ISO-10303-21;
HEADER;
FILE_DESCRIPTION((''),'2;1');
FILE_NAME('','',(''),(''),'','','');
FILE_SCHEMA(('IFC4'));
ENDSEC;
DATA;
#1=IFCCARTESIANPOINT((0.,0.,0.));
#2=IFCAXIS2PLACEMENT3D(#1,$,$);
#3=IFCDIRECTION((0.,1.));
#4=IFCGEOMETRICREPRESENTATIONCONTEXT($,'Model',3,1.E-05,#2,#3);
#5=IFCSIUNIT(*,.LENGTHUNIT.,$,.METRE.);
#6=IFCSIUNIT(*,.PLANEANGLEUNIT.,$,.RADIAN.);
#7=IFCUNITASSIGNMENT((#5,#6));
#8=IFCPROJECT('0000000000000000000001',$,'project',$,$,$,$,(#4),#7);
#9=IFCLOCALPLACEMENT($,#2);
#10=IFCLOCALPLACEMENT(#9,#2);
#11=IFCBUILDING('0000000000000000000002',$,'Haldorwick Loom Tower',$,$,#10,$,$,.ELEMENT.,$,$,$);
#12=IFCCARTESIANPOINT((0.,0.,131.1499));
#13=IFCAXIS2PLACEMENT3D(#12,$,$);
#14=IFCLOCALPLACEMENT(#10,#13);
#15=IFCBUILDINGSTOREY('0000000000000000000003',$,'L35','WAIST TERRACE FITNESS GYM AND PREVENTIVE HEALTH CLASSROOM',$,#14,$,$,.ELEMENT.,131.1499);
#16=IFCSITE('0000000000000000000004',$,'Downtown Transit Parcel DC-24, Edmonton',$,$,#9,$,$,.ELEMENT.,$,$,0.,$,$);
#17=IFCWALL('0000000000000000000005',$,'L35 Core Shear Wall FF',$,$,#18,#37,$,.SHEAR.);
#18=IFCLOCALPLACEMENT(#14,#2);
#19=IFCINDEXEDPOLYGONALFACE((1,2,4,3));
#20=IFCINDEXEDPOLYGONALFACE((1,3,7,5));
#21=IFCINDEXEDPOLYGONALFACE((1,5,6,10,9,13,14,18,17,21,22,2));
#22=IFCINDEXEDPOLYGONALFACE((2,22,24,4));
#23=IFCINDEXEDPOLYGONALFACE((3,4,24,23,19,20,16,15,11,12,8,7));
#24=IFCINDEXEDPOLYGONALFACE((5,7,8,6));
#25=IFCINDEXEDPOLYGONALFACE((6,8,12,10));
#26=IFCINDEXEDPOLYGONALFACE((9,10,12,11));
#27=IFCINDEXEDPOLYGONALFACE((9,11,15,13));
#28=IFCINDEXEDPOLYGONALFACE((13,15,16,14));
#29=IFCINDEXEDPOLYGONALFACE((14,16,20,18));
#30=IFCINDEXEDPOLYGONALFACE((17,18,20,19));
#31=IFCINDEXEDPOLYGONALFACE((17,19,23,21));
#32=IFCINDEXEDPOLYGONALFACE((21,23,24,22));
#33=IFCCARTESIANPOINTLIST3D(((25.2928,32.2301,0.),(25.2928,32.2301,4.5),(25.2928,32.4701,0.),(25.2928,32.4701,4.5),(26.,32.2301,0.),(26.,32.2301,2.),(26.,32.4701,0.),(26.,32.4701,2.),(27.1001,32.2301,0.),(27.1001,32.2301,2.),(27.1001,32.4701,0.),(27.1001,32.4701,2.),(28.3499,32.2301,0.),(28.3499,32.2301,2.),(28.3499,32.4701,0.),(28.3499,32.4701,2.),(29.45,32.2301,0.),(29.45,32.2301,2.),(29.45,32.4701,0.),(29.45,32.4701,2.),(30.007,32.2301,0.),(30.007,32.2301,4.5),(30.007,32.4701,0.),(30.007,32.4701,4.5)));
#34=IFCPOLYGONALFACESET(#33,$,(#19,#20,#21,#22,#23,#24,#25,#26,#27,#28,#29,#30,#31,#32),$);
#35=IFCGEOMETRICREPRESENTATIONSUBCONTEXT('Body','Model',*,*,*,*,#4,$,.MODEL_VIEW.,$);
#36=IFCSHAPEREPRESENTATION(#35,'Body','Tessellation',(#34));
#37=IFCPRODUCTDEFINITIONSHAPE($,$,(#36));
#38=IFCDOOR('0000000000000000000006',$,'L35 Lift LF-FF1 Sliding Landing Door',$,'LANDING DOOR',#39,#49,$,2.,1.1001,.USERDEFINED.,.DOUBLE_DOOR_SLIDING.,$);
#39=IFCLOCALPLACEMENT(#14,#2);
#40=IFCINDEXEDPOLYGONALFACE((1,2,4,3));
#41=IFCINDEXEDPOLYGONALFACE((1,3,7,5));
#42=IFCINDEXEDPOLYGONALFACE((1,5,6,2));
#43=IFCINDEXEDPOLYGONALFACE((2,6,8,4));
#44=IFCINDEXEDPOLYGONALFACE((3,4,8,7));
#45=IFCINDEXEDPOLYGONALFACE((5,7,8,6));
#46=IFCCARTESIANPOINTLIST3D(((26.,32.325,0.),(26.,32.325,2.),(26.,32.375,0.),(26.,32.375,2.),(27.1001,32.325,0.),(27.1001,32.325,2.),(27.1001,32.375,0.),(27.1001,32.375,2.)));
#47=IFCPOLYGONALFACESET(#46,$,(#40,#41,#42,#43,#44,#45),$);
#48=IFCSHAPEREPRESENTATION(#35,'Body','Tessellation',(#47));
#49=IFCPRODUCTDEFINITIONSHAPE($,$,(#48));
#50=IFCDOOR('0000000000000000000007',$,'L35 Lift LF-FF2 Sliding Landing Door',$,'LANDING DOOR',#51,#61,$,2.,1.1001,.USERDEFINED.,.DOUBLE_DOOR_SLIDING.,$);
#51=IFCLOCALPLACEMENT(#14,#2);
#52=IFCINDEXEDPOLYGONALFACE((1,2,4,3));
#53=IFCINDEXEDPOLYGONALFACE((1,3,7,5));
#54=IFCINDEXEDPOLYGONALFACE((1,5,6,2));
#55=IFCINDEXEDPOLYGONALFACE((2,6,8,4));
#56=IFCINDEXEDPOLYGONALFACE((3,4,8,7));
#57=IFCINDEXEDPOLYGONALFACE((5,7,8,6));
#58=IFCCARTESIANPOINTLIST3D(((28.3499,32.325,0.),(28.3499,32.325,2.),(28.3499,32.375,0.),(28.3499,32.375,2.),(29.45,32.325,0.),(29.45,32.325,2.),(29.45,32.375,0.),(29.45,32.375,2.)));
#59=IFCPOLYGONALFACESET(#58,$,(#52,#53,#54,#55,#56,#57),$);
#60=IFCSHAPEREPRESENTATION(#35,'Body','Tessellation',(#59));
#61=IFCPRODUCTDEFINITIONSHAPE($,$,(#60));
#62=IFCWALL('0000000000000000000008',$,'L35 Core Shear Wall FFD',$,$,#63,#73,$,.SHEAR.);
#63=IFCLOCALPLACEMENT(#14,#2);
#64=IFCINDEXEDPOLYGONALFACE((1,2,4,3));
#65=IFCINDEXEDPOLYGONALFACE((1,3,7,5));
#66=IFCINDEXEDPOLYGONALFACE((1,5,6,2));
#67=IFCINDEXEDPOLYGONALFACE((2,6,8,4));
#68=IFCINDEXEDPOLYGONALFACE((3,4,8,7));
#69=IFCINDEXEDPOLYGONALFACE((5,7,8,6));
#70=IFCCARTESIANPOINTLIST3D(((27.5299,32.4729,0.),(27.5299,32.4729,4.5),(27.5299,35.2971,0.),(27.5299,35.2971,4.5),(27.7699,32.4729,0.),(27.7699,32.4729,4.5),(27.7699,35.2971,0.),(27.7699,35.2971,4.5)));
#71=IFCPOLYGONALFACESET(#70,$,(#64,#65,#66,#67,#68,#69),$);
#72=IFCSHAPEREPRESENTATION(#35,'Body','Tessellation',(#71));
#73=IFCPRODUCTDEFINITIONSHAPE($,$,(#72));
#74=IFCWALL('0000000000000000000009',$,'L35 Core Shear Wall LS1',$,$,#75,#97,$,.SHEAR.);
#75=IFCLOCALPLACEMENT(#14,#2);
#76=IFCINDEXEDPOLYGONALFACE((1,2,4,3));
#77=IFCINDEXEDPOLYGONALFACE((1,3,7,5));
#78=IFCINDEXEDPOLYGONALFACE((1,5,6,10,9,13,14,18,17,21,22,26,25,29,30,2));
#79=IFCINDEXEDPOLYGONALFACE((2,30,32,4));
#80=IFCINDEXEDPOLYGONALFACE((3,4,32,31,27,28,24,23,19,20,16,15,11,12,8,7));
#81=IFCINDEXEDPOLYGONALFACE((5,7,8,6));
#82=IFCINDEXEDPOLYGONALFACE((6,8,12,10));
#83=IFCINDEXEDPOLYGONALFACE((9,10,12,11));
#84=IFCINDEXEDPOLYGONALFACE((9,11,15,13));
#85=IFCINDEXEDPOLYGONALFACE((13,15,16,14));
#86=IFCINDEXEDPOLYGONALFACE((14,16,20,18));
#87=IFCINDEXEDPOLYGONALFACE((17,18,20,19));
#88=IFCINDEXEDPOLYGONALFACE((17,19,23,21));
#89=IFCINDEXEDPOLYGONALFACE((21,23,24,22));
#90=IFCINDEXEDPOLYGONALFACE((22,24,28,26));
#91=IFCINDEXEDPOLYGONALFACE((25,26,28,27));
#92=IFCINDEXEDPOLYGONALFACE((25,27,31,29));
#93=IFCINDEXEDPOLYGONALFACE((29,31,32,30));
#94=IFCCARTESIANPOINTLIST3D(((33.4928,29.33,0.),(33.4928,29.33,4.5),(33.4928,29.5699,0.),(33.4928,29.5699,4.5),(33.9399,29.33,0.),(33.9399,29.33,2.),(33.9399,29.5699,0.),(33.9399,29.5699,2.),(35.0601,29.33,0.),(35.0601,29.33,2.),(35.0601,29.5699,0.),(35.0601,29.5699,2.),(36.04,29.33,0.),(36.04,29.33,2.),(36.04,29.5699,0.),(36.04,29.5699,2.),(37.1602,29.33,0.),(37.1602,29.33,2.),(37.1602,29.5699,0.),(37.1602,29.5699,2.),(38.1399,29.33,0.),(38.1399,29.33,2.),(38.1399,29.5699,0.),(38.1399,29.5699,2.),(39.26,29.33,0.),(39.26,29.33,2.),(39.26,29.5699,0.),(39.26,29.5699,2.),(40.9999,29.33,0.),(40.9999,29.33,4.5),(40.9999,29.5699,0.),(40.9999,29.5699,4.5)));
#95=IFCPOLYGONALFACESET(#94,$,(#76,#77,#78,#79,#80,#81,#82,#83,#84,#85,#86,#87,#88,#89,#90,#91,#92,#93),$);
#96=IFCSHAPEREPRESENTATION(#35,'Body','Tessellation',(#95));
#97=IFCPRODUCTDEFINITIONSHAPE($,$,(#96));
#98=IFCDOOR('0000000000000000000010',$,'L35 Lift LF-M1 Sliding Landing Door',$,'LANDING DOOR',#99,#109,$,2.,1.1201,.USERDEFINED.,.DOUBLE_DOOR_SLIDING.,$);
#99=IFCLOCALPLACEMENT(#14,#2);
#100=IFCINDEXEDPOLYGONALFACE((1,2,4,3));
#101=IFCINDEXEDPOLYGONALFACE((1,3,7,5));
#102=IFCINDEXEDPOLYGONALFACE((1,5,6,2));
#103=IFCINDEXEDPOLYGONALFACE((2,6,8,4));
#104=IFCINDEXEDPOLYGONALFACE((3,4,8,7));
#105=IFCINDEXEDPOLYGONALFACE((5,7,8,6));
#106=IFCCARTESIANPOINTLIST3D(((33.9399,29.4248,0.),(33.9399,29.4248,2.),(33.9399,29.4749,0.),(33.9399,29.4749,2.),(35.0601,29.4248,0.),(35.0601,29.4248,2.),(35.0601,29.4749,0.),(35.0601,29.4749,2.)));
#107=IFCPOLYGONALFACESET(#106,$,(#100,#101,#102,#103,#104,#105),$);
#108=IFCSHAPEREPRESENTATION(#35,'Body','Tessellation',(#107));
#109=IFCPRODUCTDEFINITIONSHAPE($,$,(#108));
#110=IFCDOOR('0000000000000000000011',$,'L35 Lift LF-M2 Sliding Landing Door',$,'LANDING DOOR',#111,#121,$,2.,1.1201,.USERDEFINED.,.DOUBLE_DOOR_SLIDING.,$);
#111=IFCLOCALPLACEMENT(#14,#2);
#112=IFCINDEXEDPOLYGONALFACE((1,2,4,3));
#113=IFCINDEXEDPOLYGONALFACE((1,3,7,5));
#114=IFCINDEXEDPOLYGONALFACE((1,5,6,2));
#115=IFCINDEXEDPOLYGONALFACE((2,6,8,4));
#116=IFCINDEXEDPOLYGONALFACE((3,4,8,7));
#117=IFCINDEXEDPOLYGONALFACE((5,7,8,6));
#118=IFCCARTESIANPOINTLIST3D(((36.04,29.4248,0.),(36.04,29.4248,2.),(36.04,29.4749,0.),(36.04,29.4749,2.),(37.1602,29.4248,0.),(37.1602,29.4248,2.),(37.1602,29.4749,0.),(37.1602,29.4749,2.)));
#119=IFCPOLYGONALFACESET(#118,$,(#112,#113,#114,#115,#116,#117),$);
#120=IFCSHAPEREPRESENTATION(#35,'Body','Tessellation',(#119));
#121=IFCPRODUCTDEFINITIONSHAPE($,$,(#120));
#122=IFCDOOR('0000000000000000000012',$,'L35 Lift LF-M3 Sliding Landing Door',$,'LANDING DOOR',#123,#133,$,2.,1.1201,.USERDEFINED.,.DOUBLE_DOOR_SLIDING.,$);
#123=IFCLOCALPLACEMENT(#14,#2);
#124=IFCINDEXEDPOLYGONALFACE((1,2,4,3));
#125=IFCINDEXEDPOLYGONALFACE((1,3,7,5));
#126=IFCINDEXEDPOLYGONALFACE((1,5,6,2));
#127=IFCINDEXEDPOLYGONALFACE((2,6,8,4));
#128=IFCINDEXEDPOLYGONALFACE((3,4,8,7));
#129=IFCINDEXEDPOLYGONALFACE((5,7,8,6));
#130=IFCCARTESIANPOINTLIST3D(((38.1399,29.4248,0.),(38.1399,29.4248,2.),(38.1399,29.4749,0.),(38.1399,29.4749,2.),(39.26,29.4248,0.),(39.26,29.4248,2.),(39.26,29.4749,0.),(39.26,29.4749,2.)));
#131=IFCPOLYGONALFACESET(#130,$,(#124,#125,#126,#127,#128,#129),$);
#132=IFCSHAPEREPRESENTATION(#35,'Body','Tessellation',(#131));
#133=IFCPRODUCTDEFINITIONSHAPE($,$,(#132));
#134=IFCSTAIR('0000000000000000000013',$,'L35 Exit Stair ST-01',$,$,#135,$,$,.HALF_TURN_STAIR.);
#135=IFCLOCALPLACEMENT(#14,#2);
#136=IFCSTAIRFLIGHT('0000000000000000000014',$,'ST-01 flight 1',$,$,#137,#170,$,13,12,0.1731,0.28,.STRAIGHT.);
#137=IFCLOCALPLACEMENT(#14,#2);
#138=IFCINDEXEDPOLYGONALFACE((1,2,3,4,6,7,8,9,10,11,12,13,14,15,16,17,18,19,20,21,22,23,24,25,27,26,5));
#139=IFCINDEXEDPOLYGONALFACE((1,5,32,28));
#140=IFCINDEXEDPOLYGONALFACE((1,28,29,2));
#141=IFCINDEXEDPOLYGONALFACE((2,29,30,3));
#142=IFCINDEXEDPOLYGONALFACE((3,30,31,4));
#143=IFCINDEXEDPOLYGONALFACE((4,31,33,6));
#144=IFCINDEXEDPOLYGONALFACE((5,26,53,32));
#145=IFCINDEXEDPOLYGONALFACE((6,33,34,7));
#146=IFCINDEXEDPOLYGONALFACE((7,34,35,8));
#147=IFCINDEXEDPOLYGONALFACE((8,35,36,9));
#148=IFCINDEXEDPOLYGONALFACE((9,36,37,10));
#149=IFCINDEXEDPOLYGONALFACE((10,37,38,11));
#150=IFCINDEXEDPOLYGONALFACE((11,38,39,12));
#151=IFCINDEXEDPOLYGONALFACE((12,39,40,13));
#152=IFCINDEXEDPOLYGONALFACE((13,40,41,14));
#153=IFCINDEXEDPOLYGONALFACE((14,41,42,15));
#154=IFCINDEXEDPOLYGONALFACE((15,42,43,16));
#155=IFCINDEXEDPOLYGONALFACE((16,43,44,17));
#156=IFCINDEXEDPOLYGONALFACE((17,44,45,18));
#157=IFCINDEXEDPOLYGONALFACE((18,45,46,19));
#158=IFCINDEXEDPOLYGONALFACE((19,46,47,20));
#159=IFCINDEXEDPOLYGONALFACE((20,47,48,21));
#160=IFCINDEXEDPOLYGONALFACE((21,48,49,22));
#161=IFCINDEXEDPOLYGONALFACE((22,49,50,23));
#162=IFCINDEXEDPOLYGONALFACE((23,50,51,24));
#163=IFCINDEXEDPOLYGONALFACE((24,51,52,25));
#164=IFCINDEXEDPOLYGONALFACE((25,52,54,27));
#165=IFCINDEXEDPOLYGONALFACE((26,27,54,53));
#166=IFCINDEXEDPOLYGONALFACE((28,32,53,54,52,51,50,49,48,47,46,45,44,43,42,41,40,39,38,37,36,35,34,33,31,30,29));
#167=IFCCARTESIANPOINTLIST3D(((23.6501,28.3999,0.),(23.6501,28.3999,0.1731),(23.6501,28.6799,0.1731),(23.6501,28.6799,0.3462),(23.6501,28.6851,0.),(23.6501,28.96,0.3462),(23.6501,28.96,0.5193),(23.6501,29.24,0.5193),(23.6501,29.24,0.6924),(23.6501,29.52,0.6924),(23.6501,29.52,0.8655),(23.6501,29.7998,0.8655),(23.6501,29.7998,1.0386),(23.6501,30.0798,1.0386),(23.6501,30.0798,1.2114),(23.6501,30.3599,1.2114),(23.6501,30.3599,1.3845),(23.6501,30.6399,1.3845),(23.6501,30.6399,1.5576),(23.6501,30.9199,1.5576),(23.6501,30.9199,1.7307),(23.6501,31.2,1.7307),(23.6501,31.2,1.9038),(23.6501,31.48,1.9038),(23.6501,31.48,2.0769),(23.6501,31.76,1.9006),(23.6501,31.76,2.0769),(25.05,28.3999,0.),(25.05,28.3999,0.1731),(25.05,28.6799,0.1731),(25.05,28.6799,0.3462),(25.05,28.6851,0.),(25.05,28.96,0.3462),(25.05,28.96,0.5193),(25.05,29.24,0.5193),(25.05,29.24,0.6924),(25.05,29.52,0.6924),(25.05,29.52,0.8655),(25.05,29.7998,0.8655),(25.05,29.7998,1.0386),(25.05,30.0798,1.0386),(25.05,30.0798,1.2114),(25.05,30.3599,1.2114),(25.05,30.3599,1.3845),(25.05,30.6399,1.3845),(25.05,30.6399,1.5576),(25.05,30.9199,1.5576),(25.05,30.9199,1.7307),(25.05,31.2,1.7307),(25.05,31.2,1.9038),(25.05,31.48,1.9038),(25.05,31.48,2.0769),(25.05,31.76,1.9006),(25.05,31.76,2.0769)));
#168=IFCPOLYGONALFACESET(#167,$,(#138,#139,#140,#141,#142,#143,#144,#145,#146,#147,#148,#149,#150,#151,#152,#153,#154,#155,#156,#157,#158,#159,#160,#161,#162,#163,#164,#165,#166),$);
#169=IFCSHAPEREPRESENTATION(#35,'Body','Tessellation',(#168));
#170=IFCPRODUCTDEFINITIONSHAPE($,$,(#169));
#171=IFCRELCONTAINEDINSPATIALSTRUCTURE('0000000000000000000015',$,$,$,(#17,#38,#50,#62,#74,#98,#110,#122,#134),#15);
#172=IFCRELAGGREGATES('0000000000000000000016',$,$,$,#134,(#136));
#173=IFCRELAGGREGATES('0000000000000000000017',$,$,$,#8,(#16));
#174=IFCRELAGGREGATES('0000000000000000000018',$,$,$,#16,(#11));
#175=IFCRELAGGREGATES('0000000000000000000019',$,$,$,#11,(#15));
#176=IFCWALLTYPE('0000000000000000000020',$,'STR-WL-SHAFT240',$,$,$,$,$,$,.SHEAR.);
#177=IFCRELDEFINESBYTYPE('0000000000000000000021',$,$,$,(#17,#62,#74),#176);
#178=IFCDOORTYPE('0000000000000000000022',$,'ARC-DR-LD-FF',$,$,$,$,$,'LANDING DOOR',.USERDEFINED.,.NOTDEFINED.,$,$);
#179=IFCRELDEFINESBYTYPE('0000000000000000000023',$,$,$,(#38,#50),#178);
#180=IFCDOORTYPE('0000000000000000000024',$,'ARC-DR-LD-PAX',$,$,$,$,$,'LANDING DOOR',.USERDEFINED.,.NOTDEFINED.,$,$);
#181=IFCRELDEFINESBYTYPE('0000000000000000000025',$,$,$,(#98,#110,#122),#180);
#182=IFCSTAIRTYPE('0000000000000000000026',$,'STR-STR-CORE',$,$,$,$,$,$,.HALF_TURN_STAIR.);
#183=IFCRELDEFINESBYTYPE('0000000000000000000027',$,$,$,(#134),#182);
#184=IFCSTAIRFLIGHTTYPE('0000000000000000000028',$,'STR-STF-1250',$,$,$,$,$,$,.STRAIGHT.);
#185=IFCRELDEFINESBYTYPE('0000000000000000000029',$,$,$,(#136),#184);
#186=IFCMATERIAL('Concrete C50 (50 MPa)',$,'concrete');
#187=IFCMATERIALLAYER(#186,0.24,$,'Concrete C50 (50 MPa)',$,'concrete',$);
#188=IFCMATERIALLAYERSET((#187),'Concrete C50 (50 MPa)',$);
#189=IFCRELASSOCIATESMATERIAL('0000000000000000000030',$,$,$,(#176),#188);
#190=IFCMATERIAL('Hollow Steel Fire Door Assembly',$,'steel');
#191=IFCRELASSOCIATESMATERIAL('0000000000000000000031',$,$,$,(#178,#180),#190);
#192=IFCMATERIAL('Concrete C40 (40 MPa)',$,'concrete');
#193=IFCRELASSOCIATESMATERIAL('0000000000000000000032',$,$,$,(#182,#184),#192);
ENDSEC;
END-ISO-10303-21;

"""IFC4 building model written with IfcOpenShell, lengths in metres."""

from ifc_helpers import new_model, si_unit, direction, frame, frame_2d, origin, place, context, subcontext, project, spatial, polyline, rectangle, outline, extrude, material, layer, layer_set, type_object, element, fill, aggregate, save


model = new_model("IFC4")

# Units and contexts
model_context = context("Model", 3, precision=1e-05, world=origin(), true_north=direction((0.0, 1.0)))
body_context = subcontext(model_context, "Body", "Model", "MODEL_VIEW")
ifc_project = project(units=[si_unit("LENGTHUNIT", "METRE"), si_unit("PLANEANGLEUNIT", "RADIAN")], contexts=[model_context])

# Site, building, storey
site_placement = place(None, origin())
site = spatial("IfcSite", under=ifc_project, at=site_placement, Name="Downtown Transit Parcel DC-24, Edmonton", CompositionType="ELEMENT", RefElevation=0.0)
building_placement = place(site_placement, origin())
building = spatial("IfcBuilding", under=site, at=building_placement, Name="Haldorwick Loom Tower", CompositionType="ELEMENT")
storey_placement = place(building_placement, frame((0.0, 0.0, 131.1499)))
storey = spatial("IfcBuildingStorey", under=building, at=storey_placement, Name="L35", Description="WAIST TERRACE FITNESS GYM AND PREVENTIVE HEALTH CLASSROOM", CompositionType="ELEMENT", Elevation=131.1499)

# Shared definitions
ifc_material_1 = material(Name="Concrete C50 (50 MPa)", Category="concrete")
ifc_layer_1 = layer(ifc_material_1, 0.24, Name="Concrete C50 (50 MPa)", Category="concrete")
ifc_layer_set_1 = layer_set([ifc_layer_1], Name="Concrete C50 (50 MPa)")
wall_type_1 = type_object("IfcWallType", Name="STR-WL-SHAFT240", PredefinedType="SHEAR", material=ifc_layer_set_1)

# Wall, openings, doors
wall_1_placement = place(storey_placement, frame((25.293, 32.3501, 0.0), z_axis=(0.0, 0.0, 1.0), x_axis=(1.0, 0.0, 0.0)))
wall_1 = element("IfcWall", 1, at=wall_1_placement, inside=storey, type_object=wall_type_1, Name="L35 Core Shear Wall FF", PredefinedType="SHEAR", context=body_context, shape_type="SweptSolid", body=[
    extrude(rectangle(XDim=4.7141, YDim=0.24, at=frame_2d((2.3569, 0.0))), origin(), (0.0, 0.0, 1.0), 4.5),
])
opening_1_placement = place(wall_1_placement, frame((0.707, 0.0, 0.0)))
opening_1 = element("IfcOpeningElement", 2, at=opening_1_placement, cuts=wall_1, PredefinedType="OPENING", context=body_context, shape_type="SweptSolid", body=[
    extrude(rectangle(XDim=1.1001, YDim=2.0, at=frame_2d((0.55, 1.0))), frame((0.0, 0.1299, 0.0), z_axis=(0.0, -1.0, 0.0), x_axis=(1.0, 0.0, 0.0)), (0.0, 0.0, 1.0), 0.26),
])
opening_2_placement = place(wall_1_placement, frame((3.0569, 0.0, 0.0)))
opening_2 = element("IfcOpeningElement", 3, at=opening_2_placement, cuts=wall_1, PredefinedType="OPENING", context=body_context, shape_type="SweptSolid", body=[
    extrude(rectangle(XDim=1.1001, YDim=2.0, at=frame_2d((0.55, 1.0))), frame((0.0, 0.1299, 0.0), z_axis=(0.0, -1.0, 0.0), x_axis=(1.0, 0.0, 0.0)), (0.0, 0.0, 1.0), 0.26),
])
ifc_material_2 = material(Name="Hollow Steel Fire Door Assembly", Category="steel")
door_type_1 = type_object("IfcDoorType", Name="ARC-DR-LD-FF", ElementType="LANDING DOOR", OperationType="NOTDEFINED", PredefinedType="USERDEFINED", material=ifc_material_2)
door_1_placement = place(opening_1_placement, origin())
door_1 = element("IfcDoor", 4, at=door_1_placement, inside=storey, type_object=door_type_1, Name="L35 Lift LF-FF1 Sliding Landing Door", ObjectType="LANDING DOOR", OperationType="DOUBLE_DOOR_SLIDING", OverallHeight=2.0, OverallWidth=1.1001, PredefinedType="USERDEFINED", context=body_context, shape_type="SweptSolid", body=[
    extrude(rectangle(XDim=1.1001, YDim=2.0, at=frame_2d((0.55, 1.0))), frame((0.0, 0.0249, 0.0), z_axis=(0.0, -1.0, 0.0), x_axis=(1.0, 0.0, 0.0)), (0.0, 0.0, 1.0), 0.05),
])
fill(opening_1, door_1)
door_2_placement = place(opening_2_placement, origin())
door_2 = element("IfcDoor", 5, at=door_2_placement, inside=storey, type_object=door_type_1, Name="L35 Lift LF-FF2 Sliding Landing Door", ObjectType="LANDING DOOR", OperationType="DOUBLE_DOOR_SLIDING", OverallHeight=2.0, OverallWidth=1.1001, PredefinedType="USERDEFINED", context=body_context, shape_type="SweptSolid", body=[
    extrude(rectangle(XDim=1.1001, YDim=2.0, at=frame_2d((0.55, 1.0))), frame((0.0, 0.0249, 0.0), z_axis=(0.0, -1.0, 0.0), x_axis=(1.0, 0.0, 0.0)), (0.0, 0.0, 1.0), 0.05),
])
fill(opening_2, door_2)

# Wall
wall_2_placement = place(storey_placement, frame((27.6499, 32.4729, 0.0), z_axis=(0.0, 0.0, 1.0), x_axis=(0.0, 1.0, 0.0)))
element("IfcWall", 6, at=wall_2_placement, inside=storey, type_object=wall_type_1, Name="L35 Core Shear Wall FFD", PredefinedType="SHEAR", context=body_context, shape_type="SweptSolid", body=[
    extrude(rectangle(XDim=2.8242, YDim=0.24, at=frame_2d((1.4121, 0.0))), origin(), (0.0, 0.0, 1.0), 4.5),
])

# Wall, openings, doors
wall_3_placement = place(storey_placement, frame((33.4929, 29.45, 0.0), z_axis=(0.0, 0.0, 1.0), x_axis=(1.0, 0.0, 0.0)))
wall_3 = element("IfcWall", 7, at=wall_3_placement, inside=storey, type_object=wall_type_1, Name="L35 Core Shear Wall LS1", PredefinedType="SHEAR", context=body_context, shape_type="SweptSolid", body=[
    extrude(rectangle(XDim=7.5071, YDim=0.24, at=frame_2d((3.7534, 0.0))), origin(), (0.0, 0.0, 1.0), 4.5),
])
opening_3_placement = place(wall_3_placement, frame((0.447, 0.0, 0.0)))
opening_3 = element("IfcOpeningElement", 8, at=opening_3_placement, cuts=wall_3, PredefinedType="OPENING", context=body_context, shape_type="SweptSolid", body=[
    extrude(rectangle(XDim=1.1201, YDim=2.0, at=frame_2d((0.5601, 1.0))), frame((0.0, 0.1299, 0.0), z_axis=(0.0, -1.0, 0.0), x_axis=(1.0, 0.0, 0.0)), (0.0, 0.0, 1.0), 0.26),
])
opening_4_placement = place(wall_3_placement, frame((2.5471, 0.0, 0.0)))
opening_4 = element("IfcOpeningElement", 9, at=opening_4_placement, cuts=wall_3, PredefinedType="OPENING", context=body_context, shape_type="SweptSolid", body=[
    extrude(rectangle(XDim=1.1201, YDim=2.0, at=frame_2d((0.5601, 1.0))), frame((0.0, 0.1299, 0.0), z_axis=(0.0, -1.0, 0.0), x_axis=(1.0, 0.0, 0.0)), (0.0, 0.0, 1.0), 0.26),
])
opening_5_placement = place(wall_3_placement, frame((4.647, 0.0, 0.0)))
opening_5 = element("IfcOpeningElement", 10, at=opening_5_placement, cuts=wall_3, PredefinedType="OPENING", context=body_context, shape_type="SweptSolid", body=[
    extrude(rectangle(XDim=1.1201, YDim=2.0, at=frame_2d((0.5601, 1.0))), frame((0.0, 0.1299, 0.0), z_axis=(0.0, -1.0, 0.0), x_axis=(1.0, 0.0, 0.0)), (0.0, 0.0, 1.0), 0.26),
])
door_type_2 = type_object("IfcDoorType", Name="ARC-DR-LD-PAX", ElementType="LANDING DOOR", OperationType="NOTDEFINED", PredefinedType="USERDEFINED", material=ifc_material_2)
door_3_placement = place(opening_3_placement, origin())
door_3 = element("IfcDoor", 11, at=door_3_placement, inside=storey, type_object=door_type_2, Name="L35 Lift LF-M1 Sliding Landing Door", ObjectType="LANDING DOOR", OperationType="DOUBLE_DOOR_SLIDING", OverallHeight=2.0, OverallWidth=1.1201, PredefinedType="USERDEFINED", context=body_context, shape_type="SweptSolid", body=[
    extrude(rectangle(XDim=1.1201, YDim=2.0, at=frame_2d((0.5601, 1.0))), frame((0.0, 0.0249, 0.0), z_axis=(0.0, -1.0, 0.0), x_axis=(1.0, 0.0, 0.0)), (0.0, 0.0, 1.0), 0.05),
])
fill(opening_3, door_3)
door_4_placement = place(opening_4_placement, origin())
door_4 = element("IfcDoor", 12, at=door_4_placement, inside=storey, type_object=door_type_2, Name="L35 Lift LF-M2 Sliding Landing Door", ObjectType="LANDING DOOR", OperationType="DOUBLE_DOOR_SLIDING", OverallHeight=2.0, OverallWidth=1.1201, PredefinedType="USERDEFINED", context=body_context, shape_type="SweptSolid", body=[
    extrude(rectangle(XDim=1.1201, YDim=2.0, at=frame_2d((0.5601, 1.0))), frame((0.0, 0.0249, 0.0), z_axis=(0.0, -1.0, 0.0), x_axis=(1.0, 0.0, 0.0)), (0.0, 0.0, 1.0), 0.05),
])
fill(opening_4, door_4)
door_5_placement = place(opening_5_placement, origin())
door_5 = element("IfcDoor", 13, at=door_5_placement, inside=storey, type_object=door_type_2, Name="L35 Lift LF-M3 Sliding Landing Door", ObjectType="LANDING DOOR", OperationType="DOUBLE_DOOR_SLIDING", OverallHeight=2.0, OverallWidth=1.1201, PredefinedType="USERDEFINED", context=body_context, shape_type="SweptSolid", body=[
    extrude(rectangle(XDim=1.1201, YDim=2.0, at=frame_2d((0.5601, 1.0))), frame((0.0, 0.0249, 0.0), z_axis=(0.0, -1.0, 0.0), x_axis=(1.0, 0.0, 0.0)), (0.0, 0.0, 1.0), 0.05),
])
fill(opening_5, door_5)

# Stair, stair flight
ifc_material_3 = material(Name="Concrete C40 (40 MPa)", Category="concrete")
stair_type = type_object("IfcStairType", Name="STR-STR-CORE", PredefinedType="HALF_TURN_STAIR", material=ifc_material_3)
stair_1_placement = place(storey_placement, origin())
stair_1 = element("IfcStair", 14, at=stair_1_placement, inside=storey, type_object=stair_type, Name="L35 Exit Stair ST-01", PredefinedType="HALF_TURN_STAIR")
stair_flight_type = type_object("IfcStairFlightType", Name="STR-STF-1250", PredefinedType="STRAIGHT", material=ifc_material_3)
stair_flight_1_placement = place(storey_placement, frame((24.3501, 28.3999, 0.0), z_axis=(0.0, 0.0, 1.0), x_axis=(0.0, 1.0, 0.0)))
stair_flight_1 = element("IfcStairFlight", 15, at=stair_flight_1_placement, type_object=stair_flight_type, Name="ST-01 flight 1", NumberOfRisers=13, NumberOfTreads=12, PredefinedType="STRAIGHT", RiserHeight=0.1731, TreadLength=0.28, context=body_context, shape_type="SweptSolid", body=[
    extrude(outline(polyline([(0.0, 0.0), (0.0, 0.1731), (0.28, 0.1731), (0.28, 0.3462), (0.5601, 0.3462), (0.5601, 0.5193), (0.8401, 0.5193), (0.8401, 0.6924), (1.1201, 0.6924), (1.1201, 0.8655), (1.3999, 0.8655), (1.3999, 1.0386), (1.6799, 1.0386), (1.6799, 1.2114), (1.96, 1.2114), (1.96, 1.3845), (2.24, 1.3845), (2.24, 1.5576), (2.52, 1.5576), (2.52, 1.7307), (2.8, 1.7307), (2.8, 1.9038), (3.0801, 1.9038), (3.0801, 2.0769), (3.3601, 2.0769), (3.3601, 2.25), (3.3601, 1.9006), (0.2852, 0.0), (0.0, 0.0)])), frame((0.0, 0.7, 0.0), z_axis=(0.0, -1.0, 0.0), x_axis=(1.0, 0.0, 0.0)), (0.0, 0.0, 1.0), 1.3999),
])
aggregate(stair_1, [stair_flight_1])

save(model, "model.ifc")
